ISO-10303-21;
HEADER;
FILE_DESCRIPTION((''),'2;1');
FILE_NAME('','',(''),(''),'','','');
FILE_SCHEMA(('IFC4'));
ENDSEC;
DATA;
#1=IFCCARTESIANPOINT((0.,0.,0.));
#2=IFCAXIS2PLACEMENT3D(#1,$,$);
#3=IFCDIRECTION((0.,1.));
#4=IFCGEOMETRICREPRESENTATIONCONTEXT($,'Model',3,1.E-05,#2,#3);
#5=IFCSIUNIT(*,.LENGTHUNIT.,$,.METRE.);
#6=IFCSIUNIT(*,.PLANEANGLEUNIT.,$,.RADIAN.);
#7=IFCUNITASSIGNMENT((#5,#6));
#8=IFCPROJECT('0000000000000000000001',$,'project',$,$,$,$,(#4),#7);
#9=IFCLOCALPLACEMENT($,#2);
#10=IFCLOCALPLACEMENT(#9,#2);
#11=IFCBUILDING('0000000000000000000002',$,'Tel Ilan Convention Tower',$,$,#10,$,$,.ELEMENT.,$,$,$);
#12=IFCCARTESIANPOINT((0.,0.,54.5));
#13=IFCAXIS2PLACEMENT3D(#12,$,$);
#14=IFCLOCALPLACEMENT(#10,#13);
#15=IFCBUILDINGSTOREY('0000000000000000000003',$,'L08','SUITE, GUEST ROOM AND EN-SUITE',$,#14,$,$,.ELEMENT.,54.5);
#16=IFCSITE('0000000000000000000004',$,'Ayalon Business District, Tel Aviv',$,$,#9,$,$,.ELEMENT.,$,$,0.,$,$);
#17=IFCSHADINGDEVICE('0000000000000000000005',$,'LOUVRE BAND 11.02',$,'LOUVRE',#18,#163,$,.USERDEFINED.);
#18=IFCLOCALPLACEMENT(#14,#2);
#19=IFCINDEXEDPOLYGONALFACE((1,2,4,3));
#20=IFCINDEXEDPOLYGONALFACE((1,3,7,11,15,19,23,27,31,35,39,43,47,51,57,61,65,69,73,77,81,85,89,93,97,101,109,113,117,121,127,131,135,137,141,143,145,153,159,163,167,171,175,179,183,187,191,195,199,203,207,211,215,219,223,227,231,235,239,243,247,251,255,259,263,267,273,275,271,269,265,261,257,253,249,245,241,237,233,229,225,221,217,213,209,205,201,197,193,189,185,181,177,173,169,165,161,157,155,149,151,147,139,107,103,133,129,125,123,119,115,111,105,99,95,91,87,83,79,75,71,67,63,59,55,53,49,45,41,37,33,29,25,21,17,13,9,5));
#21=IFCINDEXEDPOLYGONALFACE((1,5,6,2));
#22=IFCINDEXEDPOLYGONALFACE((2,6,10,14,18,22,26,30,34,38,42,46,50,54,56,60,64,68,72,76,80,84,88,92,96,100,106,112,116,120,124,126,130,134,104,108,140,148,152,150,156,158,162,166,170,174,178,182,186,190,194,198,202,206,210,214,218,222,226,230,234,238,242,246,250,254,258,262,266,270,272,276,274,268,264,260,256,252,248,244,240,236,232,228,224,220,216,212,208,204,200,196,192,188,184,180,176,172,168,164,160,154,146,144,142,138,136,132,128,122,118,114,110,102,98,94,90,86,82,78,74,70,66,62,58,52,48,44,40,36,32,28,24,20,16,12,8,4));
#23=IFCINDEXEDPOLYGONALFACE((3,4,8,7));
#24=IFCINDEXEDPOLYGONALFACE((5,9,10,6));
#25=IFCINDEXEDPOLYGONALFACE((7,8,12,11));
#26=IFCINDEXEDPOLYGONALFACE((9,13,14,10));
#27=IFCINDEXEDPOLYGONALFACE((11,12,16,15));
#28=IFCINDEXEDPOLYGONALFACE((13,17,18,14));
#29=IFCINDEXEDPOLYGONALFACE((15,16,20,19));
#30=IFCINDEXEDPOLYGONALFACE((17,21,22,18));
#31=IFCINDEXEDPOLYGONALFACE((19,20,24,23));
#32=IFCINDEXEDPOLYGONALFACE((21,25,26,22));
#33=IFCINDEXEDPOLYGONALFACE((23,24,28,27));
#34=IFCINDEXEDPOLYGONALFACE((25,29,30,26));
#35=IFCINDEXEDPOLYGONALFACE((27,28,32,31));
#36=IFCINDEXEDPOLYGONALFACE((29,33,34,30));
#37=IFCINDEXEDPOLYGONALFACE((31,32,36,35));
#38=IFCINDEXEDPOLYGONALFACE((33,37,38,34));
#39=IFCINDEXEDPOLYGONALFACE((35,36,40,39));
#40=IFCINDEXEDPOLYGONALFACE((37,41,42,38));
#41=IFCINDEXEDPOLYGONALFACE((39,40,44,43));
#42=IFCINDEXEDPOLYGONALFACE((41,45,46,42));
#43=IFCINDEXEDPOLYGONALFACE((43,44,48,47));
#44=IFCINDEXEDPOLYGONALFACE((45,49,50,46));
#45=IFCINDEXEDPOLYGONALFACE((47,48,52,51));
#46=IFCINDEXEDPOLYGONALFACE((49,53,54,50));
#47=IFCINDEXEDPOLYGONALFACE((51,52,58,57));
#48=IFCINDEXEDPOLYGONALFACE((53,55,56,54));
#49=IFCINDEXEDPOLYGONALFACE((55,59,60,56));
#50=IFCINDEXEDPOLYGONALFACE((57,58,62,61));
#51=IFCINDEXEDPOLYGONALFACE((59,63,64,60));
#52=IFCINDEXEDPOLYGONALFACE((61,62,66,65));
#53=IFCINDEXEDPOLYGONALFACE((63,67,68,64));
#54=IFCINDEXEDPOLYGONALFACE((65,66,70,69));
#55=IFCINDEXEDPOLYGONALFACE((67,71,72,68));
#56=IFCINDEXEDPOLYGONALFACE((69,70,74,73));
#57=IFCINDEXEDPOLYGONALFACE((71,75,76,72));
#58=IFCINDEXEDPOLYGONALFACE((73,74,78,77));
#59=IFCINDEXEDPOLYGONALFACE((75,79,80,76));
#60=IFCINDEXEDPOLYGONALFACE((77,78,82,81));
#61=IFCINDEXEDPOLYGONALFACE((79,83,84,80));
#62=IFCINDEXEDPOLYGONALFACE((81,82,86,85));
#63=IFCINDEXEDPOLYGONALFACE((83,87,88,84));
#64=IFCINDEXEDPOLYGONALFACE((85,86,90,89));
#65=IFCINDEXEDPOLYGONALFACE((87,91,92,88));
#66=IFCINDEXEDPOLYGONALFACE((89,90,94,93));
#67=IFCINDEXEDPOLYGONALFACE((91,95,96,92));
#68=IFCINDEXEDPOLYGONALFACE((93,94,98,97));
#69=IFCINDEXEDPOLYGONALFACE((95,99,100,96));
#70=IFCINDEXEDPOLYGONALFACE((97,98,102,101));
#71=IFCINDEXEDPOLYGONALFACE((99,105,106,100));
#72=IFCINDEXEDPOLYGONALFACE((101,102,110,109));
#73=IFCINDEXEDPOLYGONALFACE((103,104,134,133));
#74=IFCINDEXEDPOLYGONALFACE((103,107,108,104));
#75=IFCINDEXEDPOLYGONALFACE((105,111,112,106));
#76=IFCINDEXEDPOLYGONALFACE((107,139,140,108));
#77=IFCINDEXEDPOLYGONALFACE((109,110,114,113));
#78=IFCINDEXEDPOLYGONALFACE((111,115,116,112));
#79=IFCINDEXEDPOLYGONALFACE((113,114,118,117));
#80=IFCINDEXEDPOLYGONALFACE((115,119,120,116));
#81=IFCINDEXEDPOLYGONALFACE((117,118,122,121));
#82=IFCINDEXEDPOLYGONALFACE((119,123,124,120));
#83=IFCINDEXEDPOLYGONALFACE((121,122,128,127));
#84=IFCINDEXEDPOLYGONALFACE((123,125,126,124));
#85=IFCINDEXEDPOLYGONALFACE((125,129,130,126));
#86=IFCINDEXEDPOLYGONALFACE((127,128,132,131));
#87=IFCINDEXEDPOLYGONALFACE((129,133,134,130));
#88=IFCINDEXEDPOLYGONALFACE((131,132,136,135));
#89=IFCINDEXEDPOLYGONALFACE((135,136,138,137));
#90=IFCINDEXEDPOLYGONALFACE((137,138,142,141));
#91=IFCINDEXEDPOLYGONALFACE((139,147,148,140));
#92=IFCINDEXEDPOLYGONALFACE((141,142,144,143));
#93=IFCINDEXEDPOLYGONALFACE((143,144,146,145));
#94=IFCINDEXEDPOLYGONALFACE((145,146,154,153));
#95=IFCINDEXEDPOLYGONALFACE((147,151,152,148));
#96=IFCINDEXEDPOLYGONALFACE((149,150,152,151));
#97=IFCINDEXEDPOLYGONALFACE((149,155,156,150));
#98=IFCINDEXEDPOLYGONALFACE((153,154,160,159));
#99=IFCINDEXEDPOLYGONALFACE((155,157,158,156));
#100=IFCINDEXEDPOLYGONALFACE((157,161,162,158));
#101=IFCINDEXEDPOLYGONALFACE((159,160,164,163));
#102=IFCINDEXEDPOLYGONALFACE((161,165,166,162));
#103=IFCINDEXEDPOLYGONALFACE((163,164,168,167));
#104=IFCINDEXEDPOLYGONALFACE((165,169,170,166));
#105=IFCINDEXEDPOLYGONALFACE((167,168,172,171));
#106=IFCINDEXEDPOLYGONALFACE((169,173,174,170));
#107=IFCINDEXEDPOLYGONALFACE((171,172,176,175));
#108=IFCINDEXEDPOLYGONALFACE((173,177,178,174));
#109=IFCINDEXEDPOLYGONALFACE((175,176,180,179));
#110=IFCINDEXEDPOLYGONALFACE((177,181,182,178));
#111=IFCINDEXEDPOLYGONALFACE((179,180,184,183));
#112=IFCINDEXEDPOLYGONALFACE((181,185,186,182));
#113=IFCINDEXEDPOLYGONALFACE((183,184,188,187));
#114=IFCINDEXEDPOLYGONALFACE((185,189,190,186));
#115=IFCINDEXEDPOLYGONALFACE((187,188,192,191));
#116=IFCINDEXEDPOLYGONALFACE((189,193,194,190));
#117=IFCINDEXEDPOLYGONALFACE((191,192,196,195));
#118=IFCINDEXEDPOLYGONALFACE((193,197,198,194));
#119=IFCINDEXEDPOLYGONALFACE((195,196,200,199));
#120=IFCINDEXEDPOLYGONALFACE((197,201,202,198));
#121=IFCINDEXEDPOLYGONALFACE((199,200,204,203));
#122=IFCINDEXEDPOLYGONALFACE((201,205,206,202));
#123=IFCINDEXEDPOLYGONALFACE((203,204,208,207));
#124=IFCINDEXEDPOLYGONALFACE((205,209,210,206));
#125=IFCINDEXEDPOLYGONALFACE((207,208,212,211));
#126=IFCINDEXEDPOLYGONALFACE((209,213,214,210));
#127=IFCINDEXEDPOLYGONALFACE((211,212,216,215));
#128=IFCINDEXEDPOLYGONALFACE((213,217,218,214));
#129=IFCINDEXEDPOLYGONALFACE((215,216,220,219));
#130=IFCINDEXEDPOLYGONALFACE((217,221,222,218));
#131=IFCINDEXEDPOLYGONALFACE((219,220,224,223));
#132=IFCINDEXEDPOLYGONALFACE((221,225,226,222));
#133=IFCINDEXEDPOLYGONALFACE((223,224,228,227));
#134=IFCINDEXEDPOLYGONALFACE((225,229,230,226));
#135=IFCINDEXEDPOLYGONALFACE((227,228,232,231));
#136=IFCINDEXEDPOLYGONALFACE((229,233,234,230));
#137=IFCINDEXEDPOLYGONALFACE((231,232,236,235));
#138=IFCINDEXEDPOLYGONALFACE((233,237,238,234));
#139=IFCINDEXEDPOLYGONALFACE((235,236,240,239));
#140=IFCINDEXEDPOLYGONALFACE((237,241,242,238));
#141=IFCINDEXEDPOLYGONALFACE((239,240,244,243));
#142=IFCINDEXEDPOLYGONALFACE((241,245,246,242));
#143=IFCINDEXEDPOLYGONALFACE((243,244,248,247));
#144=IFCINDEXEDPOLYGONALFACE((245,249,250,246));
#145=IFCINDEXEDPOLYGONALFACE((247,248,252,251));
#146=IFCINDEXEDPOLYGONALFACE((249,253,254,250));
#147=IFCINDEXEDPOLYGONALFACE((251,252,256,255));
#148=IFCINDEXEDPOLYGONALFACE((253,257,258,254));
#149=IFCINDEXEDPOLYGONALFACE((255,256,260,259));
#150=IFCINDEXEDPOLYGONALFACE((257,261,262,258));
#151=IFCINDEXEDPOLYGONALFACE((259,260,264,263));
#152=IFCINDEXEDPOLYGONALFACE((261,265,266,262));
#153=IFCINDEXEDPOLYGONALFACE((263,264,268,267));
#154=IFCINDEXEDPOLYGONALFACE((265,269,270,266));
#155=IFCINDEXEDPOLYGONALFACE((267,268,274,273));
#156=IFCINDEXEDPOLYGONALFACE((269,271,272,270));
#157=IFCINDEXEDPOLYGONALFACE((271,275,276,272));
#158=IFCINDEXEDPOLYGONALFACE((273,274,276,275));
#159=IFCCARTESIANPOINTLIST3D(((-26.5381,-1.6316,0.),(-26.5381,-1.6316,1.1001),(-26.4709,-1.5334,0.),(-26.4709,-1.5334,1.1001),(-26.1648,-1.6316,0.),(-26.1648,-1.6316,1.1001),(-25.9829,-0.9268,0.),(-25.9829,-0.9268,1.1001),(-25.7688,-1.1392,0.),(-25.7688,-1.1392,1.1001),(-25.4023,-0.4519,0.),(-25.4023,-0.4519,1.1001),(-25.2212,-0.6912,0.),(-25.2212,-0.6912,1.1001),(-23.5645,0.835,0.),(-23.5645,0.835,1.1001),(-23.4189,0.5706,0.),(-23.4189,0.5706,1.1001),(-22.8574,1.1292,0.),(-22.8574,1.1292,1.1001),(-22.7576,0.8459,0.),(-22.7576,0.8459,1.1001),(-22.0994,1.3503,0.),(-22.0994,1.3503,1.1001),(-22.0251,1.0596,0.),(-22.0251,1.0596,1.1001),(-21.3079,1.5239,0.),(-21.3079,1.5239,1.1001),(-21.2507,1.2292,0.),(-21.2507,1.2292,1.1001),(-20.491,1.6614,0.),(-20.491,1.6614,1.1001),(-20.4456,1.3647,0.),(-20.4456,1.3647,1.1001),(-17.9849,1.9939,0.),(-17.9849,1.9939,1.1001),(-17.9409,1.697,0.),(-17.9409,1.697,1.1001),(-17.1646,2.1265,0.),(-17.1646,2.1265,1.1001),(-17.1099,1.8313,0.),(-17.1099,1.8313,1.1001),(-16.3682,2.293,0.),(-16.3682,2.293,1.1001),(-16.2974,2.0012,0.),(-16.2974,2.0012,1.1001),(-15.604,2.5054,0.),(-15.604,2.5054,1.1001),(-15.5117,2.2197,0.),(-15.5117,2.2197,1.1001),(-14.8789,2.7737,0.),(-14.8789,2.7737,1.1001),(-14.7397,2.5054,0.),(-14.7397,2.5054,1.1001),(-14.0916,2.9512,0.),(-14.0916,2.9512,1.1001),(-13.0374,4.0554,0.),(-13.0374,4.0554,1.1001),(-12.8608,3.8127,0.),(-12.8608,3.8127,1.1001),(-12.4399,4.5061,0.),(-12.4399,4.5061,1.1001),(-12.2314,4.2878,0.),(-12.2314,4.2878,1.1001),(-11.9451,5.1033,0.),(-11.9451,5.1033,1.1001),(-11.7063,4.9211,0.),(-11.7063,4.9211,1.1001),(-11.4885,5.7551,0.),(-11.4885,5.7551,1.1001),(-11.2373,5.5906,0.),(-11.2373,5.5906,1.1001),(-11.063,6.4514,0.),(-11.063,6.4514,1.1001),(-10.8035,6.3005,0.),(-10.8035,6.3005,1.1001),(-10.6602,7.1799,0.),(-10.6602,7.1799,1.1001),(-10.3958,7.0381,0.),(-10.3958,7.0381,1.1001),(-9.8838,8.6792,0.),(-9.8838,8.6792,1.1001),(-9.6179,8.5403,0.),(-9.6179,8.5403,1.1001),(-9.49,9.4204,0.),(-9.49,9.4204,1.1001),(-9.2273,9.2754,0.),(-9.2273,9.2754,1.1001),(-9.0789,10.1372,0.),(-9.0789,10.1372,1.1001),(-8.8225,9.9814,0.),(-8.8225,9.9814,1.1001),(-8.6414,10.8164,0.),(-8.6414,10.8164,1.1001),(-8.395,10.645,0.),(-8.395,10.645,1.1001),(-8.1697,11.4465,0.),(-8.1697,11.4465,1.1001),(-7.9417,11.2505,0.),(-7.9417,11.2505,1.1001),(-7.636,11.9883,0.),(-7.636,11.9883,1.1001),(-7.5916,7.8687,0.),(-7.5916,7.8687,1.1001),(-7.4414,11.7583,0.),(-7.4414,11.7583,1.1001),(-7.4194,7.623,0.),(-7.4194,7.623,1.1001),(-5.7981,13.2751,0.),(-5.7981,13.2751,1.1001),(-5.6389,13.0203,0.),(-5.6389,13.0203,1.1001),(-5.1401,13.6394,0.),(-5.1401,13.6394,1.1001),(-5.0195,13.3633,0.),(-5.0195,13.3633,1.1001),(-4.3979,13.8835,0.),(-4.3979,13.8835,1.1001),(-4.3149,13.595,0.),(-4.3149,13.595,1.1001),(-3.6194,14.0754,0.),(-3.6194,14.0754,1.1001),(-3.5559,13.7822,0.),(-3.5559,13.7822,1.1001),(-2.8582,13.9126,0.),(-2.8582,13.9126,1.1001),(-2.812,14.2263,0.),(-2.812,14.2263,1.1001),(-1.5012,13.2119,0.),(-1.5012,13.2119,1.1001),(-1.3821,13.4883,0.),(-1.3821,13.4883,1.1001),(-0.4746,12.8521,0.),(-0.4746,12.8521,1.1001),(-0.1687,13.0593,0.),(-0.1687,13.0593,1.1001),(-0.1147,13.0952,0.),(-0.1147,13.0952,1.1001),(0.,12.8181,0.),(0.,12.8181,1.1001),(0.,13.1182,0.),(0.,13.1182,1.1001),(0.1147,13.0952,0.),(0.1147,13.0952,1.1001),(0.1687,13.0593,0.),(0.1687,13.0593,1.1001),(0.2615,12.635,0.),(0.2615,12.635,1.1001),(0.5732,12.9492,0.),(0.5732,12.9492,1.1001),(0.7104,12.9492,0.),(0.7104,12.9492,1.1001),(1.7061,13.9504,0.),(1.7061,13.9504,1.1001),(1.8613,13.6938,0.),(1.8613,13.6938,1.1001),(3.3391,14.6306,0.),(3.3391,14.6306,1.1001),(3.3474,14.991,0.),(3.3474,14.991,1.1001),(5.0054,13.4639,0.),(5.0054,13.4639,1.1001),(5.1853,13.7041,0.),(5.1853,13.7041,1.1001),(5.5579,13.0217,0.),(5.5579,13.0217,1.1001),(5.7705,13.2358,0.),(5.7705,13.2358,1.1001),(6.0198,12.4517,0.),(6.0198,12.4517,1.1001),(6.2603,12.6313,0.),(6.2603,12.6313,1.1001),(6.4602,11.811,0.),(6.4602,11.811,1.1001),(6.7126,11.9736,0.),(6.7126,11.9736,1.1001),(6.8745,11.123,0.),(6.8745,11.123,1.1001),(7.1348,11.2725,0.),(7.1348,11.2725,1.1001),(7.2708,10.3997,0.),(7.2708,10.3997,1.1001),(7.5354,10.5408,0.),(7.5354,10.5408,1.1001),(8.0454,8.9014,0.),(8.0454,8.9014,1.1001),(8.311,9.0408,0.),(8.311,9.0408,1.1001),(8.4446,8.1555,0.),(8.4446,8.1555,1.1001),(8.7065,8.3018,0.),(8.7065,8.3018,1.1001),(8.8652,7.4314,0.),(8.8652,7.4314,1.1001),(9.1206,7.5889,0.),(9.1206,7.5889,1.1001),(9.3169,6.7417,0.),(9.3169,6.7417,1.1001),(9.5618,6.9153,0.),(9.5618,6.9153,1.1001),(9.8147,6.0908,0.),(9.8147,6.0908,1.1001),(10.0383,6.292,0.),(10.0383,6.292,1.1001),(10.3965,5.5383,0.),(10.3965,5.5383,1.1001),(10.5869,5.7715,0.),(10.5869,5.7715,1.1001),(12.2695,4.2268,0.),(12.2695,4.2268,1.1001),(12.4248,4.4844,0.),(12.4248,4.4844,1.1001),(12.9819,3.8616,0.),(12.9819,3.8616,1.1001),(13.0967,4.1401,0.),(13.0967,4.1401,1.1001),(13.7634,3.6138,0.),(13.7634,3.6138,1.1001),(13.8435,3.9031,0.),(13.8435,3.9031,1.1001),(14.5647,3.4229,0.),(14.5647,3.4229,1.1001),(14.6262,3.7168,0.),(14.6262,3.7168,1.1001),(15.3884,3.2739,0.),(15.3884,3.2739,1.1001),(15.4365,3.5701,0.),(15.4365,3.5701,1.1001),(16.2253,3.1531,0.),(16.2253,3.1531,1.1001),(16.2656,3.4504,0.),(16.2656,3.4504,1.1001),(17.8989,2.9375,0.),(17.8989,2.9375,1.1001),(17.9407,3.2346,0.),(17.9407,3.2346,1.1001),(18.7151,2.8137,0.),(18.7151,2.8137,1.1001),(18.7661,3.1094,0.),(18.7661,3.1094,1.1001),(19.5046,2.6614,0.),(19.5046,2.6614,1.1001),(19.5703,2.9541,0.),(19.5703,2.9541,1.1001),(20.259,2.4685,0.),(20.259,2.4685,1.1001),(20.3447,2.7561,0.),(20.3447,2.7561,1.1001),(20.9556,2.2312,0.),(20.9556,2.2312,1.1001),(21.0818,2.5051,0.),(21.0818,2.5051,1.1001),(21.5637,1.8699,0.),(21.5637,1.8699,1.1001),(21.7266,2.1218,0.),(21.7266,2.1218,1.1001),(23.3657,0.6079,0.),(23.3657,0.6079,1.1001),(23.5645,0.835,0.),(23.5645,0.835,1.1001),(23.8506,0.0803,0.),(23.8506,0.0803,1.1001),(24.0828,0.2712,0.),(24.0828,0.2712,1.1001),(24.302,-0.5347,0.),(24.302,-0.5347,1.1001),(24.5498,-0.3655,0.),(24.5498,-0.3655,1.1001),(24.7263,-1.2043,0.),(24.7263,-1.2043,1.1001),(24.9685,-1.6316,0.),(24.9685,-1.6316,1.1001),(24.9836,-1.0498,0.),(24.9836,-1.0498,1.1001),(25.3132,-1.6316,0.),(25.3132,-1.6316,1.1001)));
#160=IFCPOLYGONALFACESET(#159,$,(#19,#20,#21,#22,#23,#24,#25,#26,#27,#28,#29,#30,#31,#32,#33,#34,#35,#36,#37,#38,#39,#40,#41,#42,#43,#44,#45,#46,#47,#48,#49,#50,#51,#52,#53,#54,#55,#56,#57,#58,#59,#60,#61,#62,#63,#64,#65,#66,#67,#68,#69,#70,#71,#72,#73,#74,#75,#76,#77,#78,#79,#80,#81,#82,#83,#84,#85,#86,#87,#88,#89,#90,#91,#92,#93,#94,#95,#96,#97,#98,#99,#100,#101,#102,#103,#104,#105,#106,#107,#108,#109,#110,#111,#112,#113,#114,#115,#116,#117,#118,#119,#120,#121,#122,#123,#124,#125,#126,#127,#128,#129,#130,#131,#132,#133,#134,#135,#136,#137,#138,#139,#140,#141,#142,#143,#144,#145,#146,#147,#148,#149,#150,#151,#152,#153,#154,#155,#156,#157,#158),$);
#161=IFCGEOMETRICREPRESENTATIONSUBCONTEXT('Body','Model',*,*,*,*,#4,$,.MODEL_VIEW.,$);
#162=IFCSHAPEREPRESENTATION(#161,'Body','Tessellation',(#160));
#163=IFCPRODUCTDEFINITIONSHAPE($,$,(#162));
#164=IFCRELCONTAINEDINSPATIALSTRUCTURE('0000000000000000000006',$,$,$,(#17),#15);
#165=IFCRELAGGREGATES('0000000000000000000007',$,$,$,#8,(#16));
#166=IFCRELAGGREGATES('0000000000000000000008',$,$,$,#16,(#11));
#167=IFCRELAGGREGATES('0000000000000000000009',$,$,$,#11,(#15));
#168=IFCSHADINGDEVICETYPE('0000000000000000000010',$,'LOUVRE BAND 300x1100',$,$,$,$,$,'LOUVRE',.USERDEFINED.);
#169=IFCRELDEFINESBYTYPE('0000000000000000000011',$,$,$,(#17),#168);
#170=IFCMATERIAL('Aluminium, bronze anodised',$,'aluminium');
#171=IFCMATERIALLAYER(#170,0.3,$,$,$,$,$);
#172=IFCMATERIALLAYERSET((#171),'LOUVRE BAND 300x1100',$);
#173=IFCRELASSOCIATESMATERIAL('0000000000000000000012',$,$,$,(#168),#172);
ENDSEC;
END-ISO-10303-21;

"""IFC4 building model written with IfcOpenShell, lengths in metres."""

from ifc_helpers import new_model, si_unit, direction, frame, origin, place, context, subcontext, project, spatial, polyline, outline, extrude, material, layer, layer_set, type_object, element, save


model = new_model("IFC4")

# Units and contexts
model_context = context("Model", 3, precision=1e-05, world=origin(), true_north=direction((0.0, 1.0)))
body_context = subcontext(model_context, "Body", "Model", "MODEL_VIEW")
ifc_project = project(units=[si_unit("LENGTHUNIT", "METRE"), si_unit("PLANEANGLEUNIT", "RADIAN")], contexts=[model_context])

# Site, building, storey
site_placement = place(None, origin())
site = spatial("IfcSite", under=ifc_project, at=site_placement, Name="Ayalon Business District, Tel Aviv", CompositionType="ELEMENT", RefElevation=0.0)
building_placement = place(site_placement, origin())
building = spatial("IfcBuilding", under=site, at=building_placement, Name="Tel Ilan Convention Tower", CompositionType="ELEMENT")
storey_placement = place(building_placement, frame((0.0, 0.0, 54.5)))
storey = spatial("IfcBuildingStorey", under=building, at=storey_placement, Name="L08", Description="SUITE, GUEST ROOM AND EN-SUITE", CompositionType="ELEMENT", Elevation=54.5)

# Shading device
ifc_material_1 = material(Name="Aluminium, bronze anodised", Category="aluminium")
ifc_layer_1 = layer(ifc_material_1, 0.3)
ifc_layer_set_1 = layer_set([ifc_layer_1], Name="LOUVRE BAND 300x1100")
shading_device_type = type_object("IfcShadingDeviceType", Name="LOUVRE BAND 300x1100", ElementType="LOUVRE", PredefinedType="USERDEFINED", material=ifc_layer_set_1)
shading_device_1_placement = place(storey_placement, origin())
element("IfcShadingDevice", 1, at=shading_device_1_placement, inside=storey, type_object=shading_device_type, Name="LOUVRE BAND 11.02", ObjectType="LOUVRE", PredefinedType="USERDEFINED", context=body_context, shape_type="SweptSolid", body=[
    extrude(outline(polyline([(-26.4709, -1.5334), (-26.5381, -1.6316), (-26.1648, -1.6316), (-25.7688, -1.1392), (-25.2212, -0.6912), (-23.4189, 0.5706), (-22.7576, 0.8459), (-22.0251, 1.0596), (-21.2507, 1.2292), (-20.4456, 1.3647), (-17.9409, 1.697), (-17.1099, 1.8313), (-16.2974, 2.0012), (-15.5117, 2.2197), (-14.7397, 2.5054), (-14.0916, 2.9512), (-12.8608, 3.8127), (-12.2314, 4.2878), (-11.7063, 4.9211), (-11.2373, 5.5906), (-10.8035, 6.3005), (-10.3958, 7.0381), (-9.6179, 8.5403), (-9.2273, 9.2754), (-8.8225, 9.9814), (-8.395, 10.645), (-7.9417, 11.2505), (-7.4414, 11.7583), (-5.6389, 13.0203), (-5.0195, 13.3633), (-4.3149, 13.595), (-3.5559, 13.7822), (-2.8582, 13.9126), (-1.5012, 13.2119), (-0.4746, 12.8521), (-7.5916, 7.8687), (-7.4194, 7.623), (0.0, 12.8181), (0.2615, 12.635), (0.7104, 12.9492), (0.5732, 12.9492), (1.8613, 13.6938), (3.3391, 14.6306), (5.0054, 13.4639), (5.5579, 13.0217), (6.0198, 12.4517), (6.4602, 11.811), (6.8745, 11.123), (7.2708, 10.3997), (8.0454, 8.9014), (8.4446, 8.1555), (8.8652, 7.4314), (9.3169, 6.7417), (9.8147, 6.0908), (10.3965, 5.5383), (12.2695, 4.2268), (12.9819, 3.8616), (13.7634, 3.6138), (14.5647, 3.4229), (15.3884, 3.2739), (16.2253, 3.1531), (17.8989, 2.9375), (18.7151, 2.8137), (19.5046, 2.6614), (20.259, 2.4685), (20.9556, 2.2312), (21.5637, 1.8699), (23.3657, 0.6079), (23.8506, 0.0803), (24.302, -0.5347), (24.7263, -1.2043), (24.9685, -1.6316), (25.3132, -1.6316), (24.9836, -1.0498), (24.5498, -0.3655), (24.0828, 0.2712), (23.5645, 0.835), (21.7266, 2.1218), (21.0818, 2.5051), (20.3447, 2.7561), (19.5703, 2.9541), (18.7661, 3.1094), (17.9407, 3.2346), (16.2656, 3.4504), (15.4365, 3.5701), (14.6262, 3.7168), (13.8435, 3.9031), (13.0967, 4.1401), (12.4248, 4.4844), (10.5869, 5.7715), (10.0383, 6.292), (9.5618, 6.9153), (9.1206, 7.5889), (8.7065, 8.3018), (8.311, 9.0408), (7.5354, 10.5408), (7.1348, 11.2725), (6.7126, 11.9736), (6.2603, 12.6313), (5.7705, 13.2358), (5.1853, 13.7041), (3.3474, 14.991), (1.7061, 13.9504), (0.1687, 13.0593), (0.1147, 13.0952), (0.0, 13.1182), (-0.1147, 13.0952), (-0.1687, 13.0593), (-1.3821, 13.4883), (-2.812, 14.2263), (-3.6194, 14.0754), (-4.3979, 13.8835), (-5.1401, 13.6394), (-5.7981, 13.2751), (-7.636, 11.9883), (-8.1697, 11.4465), (-8.6414, 10.8164), (-9.0789, 10.1372), (-9.49, 9.4204), (-9.8838, 8.6792), (-10.6602, 7.1799), (-11.063, 6.4514), (-11.4885, 5.7551), (-11.9451, 5.1033), (-12.4399, 4.5061), (-13.0374, 4.0554), (-14.8789, 2.7737), (-15.604, 2.5054), (-16.3682, 2.293), (-17.1646, 2.1265), (-17.9849, 1.9939), (-20.491, 1.6614), (-21.3079, 1.5239), (-22.0994, 1.3503), (-22.8574, 1.1292), (-23.5645, 0.835), (-25.4023, -0.4519), (-25.9829, -0.9268), (-26.4709, -1.5334)])), origin(), (0.0, 0.0, 1.0), 1.1001),
])

save(model, "model.ifc")
